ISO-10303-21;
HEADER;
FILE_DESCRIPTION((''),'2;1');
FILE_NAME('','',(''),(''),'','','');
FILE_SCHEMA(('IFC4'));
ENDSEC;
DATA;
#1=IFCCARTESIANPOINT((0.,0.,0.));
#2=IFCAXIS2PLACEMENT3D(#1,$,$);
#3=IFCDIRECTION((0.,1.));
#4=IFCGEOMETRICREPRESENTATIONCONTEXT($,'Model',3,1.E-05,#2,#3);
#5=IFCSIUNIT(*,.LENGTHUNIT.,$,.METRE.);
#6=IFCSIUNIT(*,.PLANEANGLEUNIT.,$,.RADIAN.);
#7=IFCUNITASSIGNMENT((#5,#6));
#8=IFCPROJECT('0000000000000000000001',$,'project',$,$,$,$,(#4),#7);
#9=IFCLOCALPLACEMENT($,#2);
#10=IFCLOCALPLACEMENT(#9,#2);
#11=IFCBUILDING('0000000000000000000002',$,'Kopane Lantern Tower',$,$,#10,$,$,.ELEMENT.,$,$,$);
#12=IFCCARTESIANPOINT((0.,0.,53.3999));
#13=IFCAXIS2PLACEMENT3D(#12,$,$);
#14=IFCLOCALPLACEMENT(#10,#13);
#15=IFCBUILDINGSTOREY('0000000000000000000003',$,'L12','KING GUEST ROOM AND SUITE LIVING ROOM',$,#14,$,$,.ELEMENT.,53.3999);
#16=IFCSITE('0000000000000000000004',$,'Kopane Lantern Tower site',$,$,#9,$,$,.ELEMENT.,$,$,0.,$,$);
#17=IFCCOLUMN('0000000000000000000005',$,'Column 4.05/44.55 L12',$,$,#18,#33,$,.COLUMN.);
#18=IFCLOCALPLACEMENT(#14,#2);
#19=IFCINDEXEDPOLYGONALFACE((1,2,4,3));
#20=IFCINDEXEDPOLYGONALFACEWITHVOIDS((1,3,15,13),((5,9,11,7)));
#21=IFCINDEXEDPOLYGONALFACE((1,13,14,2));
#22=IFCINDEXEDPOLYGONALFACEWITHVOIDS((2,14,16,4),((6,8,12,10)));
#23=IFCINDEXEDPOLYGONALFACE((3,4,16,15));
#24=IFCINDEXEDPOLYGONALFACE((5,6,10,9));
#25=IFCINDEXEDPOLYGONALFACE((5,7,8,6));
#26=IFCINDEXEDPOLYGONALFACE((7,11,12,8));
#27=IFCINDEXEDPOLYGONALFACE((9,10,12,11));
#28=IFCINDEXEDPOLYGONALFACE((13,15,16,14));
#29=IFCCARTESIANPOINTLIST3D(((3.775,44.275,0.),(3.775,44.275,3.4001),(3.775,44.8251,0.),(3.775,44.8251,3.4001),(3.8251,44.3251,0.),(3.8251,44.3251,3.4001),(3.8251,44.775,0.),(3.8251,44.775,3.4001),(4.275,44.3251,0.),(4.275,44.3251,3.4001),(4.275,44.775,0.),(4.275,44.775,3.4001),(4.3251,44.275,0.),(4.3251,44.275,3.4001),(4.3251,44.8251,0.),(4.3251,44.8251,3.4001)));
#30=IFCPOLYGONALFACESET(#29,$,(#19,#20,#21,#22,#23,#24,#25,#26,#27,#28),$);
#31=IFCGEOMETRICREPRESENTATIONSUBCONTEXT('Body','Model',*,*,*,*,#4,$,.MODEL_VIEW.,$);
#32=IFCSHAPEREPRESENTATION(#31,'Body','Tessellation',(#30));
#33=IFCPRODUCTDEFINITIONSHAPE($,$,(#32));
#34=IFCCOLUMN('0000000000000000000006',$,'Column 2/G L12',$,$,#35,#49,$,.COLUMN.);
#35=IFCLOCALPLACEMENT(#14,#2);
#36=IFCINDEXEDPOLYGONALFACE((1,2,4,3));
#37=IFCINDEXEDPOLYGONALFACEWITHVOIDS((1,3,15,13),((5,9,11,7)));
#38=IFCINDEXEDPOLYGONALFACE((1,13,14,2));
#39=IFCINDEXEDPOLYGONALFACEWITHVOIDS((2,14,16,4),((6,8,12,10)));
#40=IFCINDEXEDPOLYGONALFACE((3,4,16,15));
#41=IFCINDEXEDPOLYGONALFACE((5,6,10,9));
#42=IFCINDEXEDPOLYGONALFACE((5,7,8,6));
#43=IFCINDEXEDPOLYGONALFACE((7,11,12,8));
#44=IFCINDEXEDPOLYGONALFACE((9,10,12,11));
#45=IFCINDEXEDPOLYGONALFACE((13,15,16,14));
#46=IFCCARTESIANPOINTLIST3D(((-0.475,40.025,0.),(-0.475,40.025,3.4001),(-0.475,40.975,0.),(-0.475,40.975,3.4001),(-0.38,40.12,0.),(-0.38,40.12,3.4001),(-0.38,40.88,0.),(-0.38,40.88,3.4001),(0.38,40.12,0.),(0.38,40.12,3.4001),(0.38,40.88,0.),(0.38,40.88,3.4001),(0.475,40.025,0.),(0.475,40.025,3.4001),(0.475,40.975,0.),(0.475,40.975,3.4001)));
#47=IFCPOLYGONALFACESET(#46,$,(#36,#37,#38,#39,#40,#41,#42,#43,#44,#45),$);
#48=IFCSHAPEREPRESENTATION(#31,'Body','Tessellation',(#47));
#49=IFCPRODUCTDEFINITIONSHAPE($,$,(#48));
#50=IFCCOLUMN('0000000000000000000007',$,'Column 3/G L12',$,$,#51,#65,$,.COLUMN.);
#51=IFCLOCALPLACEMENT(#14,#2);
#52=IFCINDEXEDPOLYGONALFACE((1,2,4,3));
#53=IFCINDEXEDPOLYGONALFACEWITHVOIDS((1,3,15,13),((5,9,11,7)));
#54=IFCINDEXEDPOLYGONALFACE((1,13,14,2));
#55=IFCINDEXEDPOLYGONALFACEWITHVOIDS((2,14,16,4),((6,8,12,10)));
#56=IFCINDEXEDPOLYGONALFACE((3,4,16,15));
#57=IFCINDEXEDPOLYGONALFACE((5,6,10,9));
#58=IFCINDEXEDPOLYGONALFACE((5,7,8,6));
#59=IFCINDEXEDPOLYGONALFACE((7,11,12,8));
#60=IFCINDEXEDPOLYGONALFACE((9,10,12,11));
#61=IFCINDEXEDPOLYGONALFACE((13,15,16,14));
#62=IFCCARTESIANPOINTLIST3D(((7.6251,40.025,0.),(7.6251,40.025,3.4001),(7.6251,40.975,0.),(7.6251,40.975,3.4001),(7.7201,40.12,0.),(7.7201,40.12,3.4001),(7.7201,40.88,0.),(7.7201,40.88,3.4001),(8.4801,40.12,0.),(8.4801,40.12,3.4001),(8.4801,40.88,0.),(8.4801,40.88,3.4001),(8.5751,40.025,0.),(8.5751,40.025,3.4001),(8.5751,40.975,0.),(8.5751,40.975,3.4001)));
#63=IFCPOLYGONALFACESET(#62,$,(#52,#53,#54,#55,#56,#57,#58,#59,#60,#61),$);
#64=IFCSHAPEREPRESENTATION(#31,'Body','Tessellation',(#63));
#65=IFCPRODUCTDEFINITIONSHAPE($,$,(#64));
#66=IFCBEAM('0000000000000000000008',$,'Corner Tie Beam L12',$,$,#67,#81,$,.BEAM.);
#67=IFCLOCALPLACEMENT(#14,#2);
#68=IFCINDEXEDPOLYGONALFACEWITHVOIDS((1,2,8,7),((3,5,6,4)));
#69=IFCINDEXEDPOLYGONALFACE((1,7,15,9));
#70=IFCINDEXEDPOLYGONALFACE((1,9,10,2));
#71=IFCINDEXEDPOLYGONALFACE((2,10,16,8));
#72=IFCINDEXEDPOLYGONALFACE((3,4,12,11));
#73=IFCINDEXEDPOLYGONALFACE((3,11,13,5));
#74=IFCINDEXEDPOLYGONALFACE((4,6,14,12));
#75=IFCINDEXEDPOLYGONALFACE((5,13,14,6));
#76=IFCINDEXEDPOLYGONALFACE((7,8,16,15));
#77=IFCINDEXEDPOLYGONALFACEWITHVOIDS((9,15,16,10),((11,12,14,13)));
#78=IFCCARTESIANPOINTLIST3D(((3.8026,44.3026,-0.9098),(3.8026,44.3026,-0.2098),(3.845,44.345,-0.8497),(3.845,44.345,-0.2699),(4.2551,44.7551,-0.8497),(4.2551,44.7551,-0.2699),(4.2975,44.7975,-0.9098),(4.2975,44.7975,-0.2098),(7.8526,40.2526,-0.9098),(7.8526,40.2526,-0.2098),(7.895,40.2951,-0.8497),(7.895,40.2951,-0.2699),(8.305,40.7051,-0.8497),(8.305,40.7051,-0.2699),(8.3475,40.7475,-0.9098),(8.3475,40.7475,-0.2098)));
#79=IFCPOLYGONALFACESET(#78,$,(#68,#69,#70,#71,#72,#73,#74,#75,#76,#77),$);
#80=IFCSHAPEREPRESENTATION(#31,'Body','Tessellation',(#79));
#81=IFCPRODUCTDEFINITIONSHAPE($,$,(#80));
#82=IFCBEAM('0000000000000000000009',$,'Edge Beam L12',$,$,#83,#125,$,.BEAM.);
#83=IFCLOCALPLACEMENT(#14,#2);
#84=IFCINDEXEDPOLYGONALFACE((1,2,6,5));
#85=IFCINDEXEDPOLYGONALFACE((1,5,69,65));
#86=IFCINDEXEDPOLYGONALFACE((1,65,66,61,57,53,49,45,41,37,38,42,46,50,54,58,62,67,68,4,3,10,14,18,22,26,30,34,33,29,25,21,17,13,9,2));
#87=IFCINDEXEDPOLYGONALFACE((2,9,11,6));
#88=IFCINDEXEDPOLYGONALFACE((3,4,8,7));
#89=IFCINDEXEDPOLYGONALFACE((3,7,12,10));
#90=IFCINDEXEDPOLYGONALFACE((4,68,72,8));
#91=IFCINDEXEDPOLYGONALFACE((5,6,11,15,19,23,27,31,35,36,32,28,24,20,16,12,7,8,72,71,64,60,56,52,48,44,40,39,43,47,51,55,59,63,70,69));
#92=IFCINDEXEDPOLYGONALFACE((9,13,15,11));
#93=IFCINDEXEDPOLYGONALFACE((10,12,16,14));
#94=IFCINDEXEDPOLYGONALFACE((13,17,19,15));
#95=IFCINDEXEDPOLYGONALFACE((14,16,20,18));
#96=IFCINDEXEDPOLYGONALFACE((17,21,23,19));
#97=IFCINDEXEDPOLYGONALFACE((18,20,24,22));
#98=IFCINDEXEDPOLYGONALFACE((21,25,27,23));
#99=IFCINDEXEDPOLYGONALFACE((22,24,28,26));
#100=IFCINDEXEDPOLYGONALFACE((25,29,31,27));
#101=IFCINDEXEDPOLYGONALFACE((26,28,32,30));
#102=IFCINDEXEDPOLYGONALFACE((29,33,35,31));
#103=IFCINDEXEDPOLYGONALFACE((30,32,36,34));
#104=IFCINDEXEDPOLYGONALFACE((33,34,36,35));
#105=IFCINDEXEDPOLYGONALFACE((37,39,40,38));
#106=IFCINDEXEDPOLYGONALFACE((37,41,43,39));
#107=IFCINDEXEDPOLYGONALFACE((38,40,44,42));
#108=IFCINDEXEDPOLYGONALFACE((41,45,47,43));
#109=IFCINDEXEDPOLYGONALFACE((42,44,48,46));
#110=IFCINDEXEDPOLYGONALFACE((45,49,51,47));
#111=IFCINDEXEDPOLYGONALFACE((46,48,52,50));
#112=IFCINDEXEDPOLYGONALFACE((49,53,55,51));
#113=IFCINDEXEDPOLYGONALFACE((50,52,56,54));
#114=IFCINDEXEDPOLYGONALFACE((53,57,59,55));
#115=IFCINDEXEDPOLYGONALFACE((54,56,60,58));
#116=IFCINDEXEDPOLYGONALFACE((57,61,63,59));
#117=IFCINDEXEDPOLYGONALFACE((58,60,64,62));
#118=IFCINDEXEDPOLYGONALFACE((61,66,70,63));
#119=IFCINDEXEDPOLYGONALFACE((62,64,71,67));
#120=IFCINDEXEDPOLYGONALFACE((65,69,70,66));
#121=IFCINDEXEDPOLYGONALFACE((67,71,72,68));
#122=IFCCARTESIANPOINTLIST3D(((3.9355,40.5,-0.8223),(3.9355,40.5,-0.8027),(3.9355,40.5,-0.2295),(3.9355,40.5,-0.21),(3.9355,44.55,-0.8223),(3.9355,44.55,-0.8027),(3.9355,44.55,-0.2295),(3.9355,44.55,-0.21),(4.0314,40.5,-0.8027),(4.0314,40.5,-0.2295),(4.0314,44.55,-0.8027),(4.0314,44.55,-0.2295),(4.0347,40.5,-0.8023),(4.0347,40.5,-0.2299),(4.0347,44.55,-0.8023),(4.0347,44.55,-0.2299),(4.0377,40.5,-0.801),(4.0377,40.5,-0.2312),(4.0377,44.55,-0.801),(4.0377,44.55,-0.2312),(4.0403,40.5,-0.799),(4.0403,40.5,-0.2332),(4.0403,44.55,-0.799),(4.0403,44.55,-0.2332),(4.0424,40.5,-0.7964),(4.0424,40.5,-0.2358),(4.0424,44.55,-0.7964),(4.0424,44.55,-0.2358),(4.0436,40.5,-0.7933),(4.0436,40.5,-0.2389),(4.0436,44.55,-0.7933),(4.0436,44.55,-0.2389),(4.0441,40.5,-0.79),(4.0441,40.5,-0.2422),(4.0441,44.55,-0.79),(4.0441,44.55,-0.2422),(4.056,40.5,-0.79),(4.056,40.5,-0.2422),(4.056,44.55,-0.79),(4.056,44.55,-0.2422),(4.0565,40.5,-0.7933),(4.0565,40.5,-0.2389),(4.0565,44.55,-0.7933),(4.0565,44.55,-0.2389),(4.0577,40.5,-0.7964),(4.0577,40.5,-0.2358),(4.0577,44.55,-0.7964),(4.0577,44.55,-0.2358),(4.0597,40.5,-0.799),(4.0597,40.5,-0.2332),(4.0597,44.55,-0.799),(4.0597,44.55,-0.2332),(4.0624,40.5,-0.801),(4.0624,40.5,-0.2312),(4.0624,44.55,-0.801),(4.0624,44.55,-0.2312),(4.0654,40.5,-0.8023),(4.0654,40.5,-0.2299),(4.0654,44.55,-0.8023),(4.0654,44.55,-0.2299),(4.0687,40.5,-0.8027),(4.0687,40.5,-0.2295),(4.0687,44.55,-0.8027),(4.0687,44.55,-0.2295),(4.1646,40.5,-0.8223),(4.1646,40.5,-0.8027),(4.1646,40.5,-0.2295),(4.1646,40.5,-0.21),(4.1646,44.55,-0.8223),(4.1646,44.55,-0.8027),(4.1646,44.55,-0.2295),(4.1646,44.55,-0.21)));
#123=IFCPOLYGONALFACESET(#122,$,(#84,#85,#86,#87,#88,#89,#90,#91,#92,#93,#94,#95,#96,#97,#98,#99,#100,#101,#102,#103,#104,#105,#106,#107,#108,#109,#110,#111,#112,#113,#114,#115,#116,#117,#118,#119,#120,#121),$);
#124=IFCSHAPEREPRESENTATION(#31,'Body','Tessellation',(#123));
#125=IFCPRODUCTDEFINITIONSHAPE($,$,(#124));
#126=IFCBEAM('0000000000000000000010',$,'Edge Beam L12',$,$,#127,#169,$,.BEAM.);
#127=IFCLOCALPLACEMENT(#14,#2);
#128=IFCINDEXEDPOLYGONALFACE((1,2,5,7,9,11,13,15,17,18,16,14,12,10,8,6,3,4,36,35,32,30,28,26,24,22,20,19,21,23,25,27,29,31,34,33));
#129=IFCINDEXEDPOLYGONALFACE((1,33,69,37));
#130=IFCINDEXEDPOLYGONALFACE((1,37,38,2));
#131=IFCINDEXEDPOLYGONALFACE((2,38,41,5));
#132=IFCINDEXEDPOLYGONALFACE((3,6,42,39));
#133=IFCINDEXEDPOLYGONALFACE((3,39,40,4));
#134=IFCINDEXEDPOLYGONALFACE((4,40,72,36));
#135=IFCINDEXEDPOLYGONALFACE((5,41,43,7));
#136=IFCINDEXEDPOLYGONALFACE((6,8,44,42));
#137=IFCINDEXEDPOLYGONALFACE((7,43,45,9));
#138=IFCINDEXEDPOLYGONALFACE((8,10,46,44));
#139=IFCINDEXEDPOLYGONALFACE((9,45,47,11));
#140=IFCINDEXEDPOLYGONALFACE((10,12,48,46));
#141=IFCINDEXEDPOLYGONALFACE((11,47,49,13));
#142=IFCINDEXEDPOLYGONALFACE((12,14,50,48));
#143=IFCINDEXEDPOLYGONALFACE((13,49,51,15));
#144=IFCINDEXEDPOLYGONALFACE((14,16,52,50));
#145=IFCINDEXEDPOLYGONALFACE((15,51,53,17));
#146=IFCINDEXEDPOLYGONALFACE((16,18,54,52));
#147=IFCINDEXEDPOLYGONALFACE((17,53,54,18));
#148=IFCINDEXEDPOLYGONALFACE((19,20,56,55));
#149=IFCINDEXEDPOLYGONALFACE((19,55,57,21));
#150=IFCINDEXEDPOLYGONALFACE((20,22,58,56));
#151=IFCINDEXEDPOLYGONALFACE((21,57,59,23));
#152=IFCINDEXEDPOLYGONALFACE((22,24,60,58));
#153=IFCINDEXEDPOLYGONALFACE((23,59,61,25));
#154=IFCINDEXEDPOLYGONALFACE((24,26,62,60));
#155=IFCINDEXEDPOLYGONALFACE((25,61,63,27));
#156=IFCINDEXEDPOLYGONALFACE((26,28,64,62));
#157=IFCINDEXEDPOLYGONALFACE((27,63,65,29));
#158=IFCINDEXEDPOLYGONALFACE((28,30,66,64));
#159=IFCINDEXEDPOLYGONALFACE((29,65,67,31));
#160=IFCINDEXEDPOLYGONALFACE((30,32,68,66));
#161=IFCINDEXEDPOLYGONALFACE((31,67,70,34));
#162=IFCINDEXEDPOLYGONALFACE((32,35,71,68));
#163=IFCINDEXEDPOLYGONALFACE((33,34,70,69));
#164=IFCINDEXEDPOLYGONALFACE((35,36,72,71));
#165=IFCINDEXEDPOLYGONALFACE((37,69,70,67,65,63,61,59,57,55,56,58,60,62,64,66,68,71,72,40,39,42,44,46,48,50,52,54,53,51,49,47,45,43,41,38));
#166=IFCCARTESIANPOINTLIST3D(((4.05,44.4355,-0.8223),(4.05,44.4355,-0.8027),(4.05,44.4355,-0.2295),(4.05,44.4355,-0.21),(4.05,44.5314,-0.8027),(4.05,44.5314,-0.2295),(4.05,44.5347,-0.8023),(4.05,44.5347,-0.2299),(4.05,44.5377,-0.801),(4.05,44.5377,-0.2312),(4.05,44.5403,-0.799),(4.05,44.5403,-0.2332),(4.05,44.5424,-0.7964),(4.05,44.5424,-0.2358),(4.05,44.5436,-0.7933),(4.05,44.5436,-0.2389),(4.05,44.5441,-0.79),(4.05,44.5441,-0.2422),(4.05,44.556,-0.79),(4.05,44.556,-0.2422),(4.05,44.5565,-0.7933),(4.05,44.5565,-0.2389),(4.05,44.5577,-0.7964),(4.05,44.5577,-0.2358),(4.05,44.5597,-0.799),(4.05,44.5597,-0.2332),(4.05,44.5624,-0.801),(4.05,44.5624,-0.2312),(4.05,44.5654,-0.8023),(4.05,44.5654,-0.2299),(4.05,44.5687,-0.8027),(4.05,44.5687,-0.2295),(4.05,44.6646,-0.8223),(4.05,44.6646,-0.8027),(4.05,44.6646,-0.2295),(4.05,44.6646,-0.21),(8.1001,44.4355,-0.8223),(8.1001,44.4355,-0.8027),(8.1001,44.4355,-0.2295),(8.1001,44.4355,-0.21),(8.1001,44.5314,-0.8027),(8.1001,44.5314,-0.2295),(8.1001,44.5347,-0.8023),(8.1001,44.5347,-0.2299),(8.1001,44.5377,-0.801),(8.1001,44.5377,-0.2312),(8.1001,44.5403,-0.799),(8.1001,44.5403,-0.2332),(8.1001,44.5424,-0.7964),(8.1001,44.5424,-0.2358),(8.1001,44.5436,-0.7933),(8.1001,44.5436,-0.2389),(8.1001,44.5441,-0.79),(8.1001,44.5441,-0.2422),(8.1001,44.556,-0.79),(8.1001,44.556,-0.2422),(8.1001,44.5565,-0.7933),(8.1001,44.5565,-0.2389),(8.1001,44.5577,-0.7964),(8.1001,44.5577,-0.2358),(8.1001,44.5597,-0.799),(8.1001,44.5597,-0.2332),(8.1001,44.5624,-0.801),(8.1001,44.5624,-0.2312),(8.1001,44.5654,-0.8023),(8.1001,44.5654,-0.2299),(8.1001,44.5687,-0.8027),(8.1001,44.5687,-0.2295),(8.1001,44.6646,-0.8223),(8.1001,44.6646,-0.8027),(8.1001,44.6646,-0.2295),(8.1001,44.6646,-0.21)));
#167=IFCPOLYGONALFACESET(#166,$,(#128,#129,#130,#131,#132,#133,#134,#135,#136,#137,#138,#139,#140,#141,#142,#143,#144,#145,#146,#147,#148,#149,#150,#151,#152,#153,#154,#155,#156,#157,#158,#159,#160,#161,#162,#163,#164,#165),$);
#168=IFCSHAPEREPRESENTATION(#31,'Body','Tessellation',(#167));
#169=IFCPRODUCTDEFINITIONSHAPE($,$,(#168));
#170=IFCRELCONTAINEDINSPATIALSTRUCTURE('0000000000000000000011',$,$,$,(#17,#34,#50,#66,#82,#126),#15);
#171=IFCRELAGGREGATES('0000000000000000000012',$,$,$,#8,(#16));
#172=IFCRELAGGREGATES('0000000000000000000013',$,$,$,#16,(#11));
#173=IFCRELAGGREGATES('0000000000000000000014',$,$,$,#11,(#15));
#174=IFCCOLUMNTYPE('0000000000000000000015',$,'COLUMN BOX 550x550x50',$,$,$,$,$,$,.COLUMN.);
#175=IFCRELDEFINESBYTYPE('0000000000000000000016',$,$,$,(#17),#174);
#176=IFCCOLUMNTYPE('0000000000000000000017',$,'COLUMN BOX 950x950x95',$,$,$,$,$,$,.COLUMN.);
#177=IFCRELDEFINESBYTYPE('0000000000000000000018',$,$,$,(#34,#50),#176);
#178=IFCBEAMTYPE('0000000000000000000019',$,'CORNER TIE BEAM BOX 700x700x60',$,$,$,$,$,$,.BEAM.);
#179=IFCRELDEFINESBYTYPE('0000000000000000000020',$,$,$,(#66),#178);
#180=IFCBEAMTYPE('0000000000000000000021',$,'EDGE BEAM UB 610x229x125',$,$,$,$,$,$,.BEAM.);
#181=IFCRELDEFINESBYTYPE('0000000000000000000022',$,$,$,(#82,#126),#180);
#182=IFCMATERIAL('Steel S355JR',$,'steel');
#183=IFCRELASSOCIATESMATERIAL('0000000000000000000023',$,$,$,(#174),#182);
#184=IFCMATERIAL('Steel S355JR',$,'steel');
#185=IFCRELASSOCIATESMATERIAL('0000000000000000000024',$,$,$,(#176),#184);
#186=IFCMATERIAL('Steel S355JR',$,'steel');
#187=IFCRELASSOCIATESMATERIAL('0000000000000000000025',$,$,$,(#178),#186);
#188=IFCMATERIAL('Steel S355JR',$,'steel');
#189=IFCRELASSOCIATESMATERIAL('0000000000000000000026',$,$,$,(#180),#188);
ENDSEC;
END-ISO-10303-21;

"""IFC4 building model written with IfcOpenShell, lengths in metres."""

from ifc_helpers import new_model, si_unit, direction, frame, origin, origin_2d, place, context, subcontext, project, spatial, hollow_rectangle, i_section, extrude, material, material_profile, profile_set, type_object, element, save


model = new_model("IFC4")

# Units and contexts
model_context = context("Model", 3, precision=1e-05, world=origin(), true_north=direction((0.0, 1.0)))
body_context = subcontext(model_context, "Body", "Model", "MODEL_VIEW")
ifc_project = project(units=[si_unit("LENGTHUNIT", "METRE"), si_unit("PLANEANGLEUNIT", "RADIAN")], contexts=[model_context])

# Site, building, storey
site_placement = place(None, origin())
site = spatial("IfcSite", under=ifc_project, at=site_placement, Name="Kopane Lantern Tower site", CompositionType="ELEMENT", RefElevation=0.0)
building_placement = place(site_placement, origin())
building = spatial("IfcBuilding", under=site, at=building_placement, Name="Kopane Lantern Tower", CompositionType="ELEMENT")
storey_placement = place(building_placement, frame((0.0, 0.0, 53.3999)))
storey = spatial("IfcBuildingStorey", under=building, at=storey_placement, Name="L12", Description="KING GUEST ROOM AND SUITE LIVING ROOM", CompositionType="ELEMENT", Elevation=53.3999)

# Columns
ifc_material_1 = material(Name="Steel S355JR", Category="steel")
ifc_material_profile_1 = material_profile(ifc_material_1, hollow_rectangle(XDim=0.55, YDim=0.55, WallThickness=0.05, at=origin_2d()), Name="BOX 550x550x50")
ifc_profile_set_1 = profile_set([ifc_material_profile_1], Name="Steel S355JR")
column_type_1 = type_object("IfcColumnType", Name="COLUMN BOX 550x550x50", PredefinedType="COLUMN", material=ifc_profile_set_1)
column_placement = place(storey_placement, frame((4.05, 44.55, 0.0), z_axis=(0.0, 0.0, 1.0), x_axis=(1.0, 0.0, 0.0)))
element("IfcColumn", 1, at=column_placement, inside=storey, type_object=column_type_1, Name="Column 4.05/44.55 L12", PredefinedType="COLUMN", context=body_context, shape_type="SweptSolid", body=[
    extrude(hollow_rectangle(XDim=0.55, YDim=0.55, WallThickness=0.05, at=origin_2d()), origin(), (0.0, 0.0, 1.0), 3.4001),
])
ifc_material_2 = material(Name="Steel S355JR", Category="steel")
ifc_material_profile_2 = material_profile(ifc_material_2, hollow_rectangle(XDim=0.95, YDim=0.95, WallThickness=0.095, at=origin_2d()), Name="BOX 950x950x95")
ifc_profile_set_2 = profile_set([ifc_material_profile_2], Name="Steel S355JR")
column_type_2 = type_object("IfcColumnType", Name="COLUMN BOX 950x950x95", PredefinedType="COLUMN", material=ifc_profile_set_2)
for number, where, z_axis, x_axis, name in (
    (2, (0.0, 40.5, 0.0), (0.0, 0.0, 1.0), (1.0, 0.0, 0.0), "Column 2/G L12"),
    (3, (8.1001, 40.5, 0.0), (0.0, 0.0, 1.0), (1.0, 0.0, 0.0), "Column 3/G L12"),
):
    element("IfcColumn", number, at=place(storey_placement, frame(where, z_axis=z_axis, x_axis=x_axis)), inside=storey, type_object=column_type_2, Name=name, PredefinedType="COLUMN", context=body_context, shape_type="SweptSolid", body=[
        extrude(hollow_rectangle(XDim=0.95, YDim=0.95, WallThickness=0.095, at=origin_2d()), origin(), (0.0, 0.0, 1.0), 3.4001),
    ])

# Beams
ifc_material_3 = material(Name="Steel S355JR", Category="steel")
ifc_material_profile_3 = material_profile(ifc_material_3, hollow_rectangle(XDim=0.7, YDim=0.7, WallThickness=0.0601, at=origin_2d()), Name="BOX 700x700x60")
ifc_profile_set_3 = profile_set([ifc_material_profile_3], Name="Steel S355JR")
beam_type_1 = type_object("IfcBeamType", Name="CORNER TIE BEAM BOX 700x700x60", PredefinedType="BEAM", material=ifc_profile_set_3)
beam_placement = place(storey_placement, frame((4.05, 44.55, -0.5598), z_axis=(0.707107, -0.707107, 0.0), x_axis=(0.707107, 0.707107, 0.0)))
element("IfcBeam", 4, at=beam_placement, inside=storey, type_object=beam_type_1, Name="Corner Tie Beam L12", PredefinedType="BEAM", context=body_context, shape_type="SweptSolid", body=[
    extrude(hollow_rectangle(XDim=0.7, YDim=0.7, WallThickness=0.0601, at=origin_2d()), origin(), (0.0, 0.0, 1.0), 5.7275),
])
ifc_material_4 = material(Name="Steel S355JR", Category="steel")
ifc_material_profile_4 = material_profile(ifc_material_4, i_section(OverallWidth=0.229, OverallDepth=0.6123, WebThickness=0.012, FlangeThickness=0.0195, FilletRadius=0.0127, at=origin_2d()), Name="UB 610x229x125")
ifc_profile_set_4 = profile_set([ifc_material_profile_4], Name="Steel S355JR")
beam_type_2 = type_object("IfcBeamType", Name="EDGE BEAM UB 610x229x125", PredefinedType="BEAM", material=ifc_profile_set_4)
for number, where, z_axis, x_axis, name in (
    (5, (4.05, 44.55, -0.5161), (0.0, -1.0, 0.0), (1.0, 0.0, 0.0), "Edge Beam L12"),
    (6, (4.05, 44.55, -0.5161), (1.0, 0.0, 0.0), (0.0, 1.0, 0.0), "Edge Beam L12"),
):
    element("IfcBeam", number, at=place(storey_placement, frame(where, z_axis=z_axis, x_axis=x_axis)), inside=storey, type_object=beam_type_2, Name=name, PredefinedType="BEAM", context=body_context, shape_type="SweptSolid", body=[
        extrude(i_section(OverallWidth=0.229, OverallDepth=0.6123, WebThickness=0.012, FlangeThickness=0.0195, FilletRadius=0.0127, at=origin_2d()), origin(), (0.0, 0.0, 1.0), 4.05),
    ])

save(model, "model.ifc")
